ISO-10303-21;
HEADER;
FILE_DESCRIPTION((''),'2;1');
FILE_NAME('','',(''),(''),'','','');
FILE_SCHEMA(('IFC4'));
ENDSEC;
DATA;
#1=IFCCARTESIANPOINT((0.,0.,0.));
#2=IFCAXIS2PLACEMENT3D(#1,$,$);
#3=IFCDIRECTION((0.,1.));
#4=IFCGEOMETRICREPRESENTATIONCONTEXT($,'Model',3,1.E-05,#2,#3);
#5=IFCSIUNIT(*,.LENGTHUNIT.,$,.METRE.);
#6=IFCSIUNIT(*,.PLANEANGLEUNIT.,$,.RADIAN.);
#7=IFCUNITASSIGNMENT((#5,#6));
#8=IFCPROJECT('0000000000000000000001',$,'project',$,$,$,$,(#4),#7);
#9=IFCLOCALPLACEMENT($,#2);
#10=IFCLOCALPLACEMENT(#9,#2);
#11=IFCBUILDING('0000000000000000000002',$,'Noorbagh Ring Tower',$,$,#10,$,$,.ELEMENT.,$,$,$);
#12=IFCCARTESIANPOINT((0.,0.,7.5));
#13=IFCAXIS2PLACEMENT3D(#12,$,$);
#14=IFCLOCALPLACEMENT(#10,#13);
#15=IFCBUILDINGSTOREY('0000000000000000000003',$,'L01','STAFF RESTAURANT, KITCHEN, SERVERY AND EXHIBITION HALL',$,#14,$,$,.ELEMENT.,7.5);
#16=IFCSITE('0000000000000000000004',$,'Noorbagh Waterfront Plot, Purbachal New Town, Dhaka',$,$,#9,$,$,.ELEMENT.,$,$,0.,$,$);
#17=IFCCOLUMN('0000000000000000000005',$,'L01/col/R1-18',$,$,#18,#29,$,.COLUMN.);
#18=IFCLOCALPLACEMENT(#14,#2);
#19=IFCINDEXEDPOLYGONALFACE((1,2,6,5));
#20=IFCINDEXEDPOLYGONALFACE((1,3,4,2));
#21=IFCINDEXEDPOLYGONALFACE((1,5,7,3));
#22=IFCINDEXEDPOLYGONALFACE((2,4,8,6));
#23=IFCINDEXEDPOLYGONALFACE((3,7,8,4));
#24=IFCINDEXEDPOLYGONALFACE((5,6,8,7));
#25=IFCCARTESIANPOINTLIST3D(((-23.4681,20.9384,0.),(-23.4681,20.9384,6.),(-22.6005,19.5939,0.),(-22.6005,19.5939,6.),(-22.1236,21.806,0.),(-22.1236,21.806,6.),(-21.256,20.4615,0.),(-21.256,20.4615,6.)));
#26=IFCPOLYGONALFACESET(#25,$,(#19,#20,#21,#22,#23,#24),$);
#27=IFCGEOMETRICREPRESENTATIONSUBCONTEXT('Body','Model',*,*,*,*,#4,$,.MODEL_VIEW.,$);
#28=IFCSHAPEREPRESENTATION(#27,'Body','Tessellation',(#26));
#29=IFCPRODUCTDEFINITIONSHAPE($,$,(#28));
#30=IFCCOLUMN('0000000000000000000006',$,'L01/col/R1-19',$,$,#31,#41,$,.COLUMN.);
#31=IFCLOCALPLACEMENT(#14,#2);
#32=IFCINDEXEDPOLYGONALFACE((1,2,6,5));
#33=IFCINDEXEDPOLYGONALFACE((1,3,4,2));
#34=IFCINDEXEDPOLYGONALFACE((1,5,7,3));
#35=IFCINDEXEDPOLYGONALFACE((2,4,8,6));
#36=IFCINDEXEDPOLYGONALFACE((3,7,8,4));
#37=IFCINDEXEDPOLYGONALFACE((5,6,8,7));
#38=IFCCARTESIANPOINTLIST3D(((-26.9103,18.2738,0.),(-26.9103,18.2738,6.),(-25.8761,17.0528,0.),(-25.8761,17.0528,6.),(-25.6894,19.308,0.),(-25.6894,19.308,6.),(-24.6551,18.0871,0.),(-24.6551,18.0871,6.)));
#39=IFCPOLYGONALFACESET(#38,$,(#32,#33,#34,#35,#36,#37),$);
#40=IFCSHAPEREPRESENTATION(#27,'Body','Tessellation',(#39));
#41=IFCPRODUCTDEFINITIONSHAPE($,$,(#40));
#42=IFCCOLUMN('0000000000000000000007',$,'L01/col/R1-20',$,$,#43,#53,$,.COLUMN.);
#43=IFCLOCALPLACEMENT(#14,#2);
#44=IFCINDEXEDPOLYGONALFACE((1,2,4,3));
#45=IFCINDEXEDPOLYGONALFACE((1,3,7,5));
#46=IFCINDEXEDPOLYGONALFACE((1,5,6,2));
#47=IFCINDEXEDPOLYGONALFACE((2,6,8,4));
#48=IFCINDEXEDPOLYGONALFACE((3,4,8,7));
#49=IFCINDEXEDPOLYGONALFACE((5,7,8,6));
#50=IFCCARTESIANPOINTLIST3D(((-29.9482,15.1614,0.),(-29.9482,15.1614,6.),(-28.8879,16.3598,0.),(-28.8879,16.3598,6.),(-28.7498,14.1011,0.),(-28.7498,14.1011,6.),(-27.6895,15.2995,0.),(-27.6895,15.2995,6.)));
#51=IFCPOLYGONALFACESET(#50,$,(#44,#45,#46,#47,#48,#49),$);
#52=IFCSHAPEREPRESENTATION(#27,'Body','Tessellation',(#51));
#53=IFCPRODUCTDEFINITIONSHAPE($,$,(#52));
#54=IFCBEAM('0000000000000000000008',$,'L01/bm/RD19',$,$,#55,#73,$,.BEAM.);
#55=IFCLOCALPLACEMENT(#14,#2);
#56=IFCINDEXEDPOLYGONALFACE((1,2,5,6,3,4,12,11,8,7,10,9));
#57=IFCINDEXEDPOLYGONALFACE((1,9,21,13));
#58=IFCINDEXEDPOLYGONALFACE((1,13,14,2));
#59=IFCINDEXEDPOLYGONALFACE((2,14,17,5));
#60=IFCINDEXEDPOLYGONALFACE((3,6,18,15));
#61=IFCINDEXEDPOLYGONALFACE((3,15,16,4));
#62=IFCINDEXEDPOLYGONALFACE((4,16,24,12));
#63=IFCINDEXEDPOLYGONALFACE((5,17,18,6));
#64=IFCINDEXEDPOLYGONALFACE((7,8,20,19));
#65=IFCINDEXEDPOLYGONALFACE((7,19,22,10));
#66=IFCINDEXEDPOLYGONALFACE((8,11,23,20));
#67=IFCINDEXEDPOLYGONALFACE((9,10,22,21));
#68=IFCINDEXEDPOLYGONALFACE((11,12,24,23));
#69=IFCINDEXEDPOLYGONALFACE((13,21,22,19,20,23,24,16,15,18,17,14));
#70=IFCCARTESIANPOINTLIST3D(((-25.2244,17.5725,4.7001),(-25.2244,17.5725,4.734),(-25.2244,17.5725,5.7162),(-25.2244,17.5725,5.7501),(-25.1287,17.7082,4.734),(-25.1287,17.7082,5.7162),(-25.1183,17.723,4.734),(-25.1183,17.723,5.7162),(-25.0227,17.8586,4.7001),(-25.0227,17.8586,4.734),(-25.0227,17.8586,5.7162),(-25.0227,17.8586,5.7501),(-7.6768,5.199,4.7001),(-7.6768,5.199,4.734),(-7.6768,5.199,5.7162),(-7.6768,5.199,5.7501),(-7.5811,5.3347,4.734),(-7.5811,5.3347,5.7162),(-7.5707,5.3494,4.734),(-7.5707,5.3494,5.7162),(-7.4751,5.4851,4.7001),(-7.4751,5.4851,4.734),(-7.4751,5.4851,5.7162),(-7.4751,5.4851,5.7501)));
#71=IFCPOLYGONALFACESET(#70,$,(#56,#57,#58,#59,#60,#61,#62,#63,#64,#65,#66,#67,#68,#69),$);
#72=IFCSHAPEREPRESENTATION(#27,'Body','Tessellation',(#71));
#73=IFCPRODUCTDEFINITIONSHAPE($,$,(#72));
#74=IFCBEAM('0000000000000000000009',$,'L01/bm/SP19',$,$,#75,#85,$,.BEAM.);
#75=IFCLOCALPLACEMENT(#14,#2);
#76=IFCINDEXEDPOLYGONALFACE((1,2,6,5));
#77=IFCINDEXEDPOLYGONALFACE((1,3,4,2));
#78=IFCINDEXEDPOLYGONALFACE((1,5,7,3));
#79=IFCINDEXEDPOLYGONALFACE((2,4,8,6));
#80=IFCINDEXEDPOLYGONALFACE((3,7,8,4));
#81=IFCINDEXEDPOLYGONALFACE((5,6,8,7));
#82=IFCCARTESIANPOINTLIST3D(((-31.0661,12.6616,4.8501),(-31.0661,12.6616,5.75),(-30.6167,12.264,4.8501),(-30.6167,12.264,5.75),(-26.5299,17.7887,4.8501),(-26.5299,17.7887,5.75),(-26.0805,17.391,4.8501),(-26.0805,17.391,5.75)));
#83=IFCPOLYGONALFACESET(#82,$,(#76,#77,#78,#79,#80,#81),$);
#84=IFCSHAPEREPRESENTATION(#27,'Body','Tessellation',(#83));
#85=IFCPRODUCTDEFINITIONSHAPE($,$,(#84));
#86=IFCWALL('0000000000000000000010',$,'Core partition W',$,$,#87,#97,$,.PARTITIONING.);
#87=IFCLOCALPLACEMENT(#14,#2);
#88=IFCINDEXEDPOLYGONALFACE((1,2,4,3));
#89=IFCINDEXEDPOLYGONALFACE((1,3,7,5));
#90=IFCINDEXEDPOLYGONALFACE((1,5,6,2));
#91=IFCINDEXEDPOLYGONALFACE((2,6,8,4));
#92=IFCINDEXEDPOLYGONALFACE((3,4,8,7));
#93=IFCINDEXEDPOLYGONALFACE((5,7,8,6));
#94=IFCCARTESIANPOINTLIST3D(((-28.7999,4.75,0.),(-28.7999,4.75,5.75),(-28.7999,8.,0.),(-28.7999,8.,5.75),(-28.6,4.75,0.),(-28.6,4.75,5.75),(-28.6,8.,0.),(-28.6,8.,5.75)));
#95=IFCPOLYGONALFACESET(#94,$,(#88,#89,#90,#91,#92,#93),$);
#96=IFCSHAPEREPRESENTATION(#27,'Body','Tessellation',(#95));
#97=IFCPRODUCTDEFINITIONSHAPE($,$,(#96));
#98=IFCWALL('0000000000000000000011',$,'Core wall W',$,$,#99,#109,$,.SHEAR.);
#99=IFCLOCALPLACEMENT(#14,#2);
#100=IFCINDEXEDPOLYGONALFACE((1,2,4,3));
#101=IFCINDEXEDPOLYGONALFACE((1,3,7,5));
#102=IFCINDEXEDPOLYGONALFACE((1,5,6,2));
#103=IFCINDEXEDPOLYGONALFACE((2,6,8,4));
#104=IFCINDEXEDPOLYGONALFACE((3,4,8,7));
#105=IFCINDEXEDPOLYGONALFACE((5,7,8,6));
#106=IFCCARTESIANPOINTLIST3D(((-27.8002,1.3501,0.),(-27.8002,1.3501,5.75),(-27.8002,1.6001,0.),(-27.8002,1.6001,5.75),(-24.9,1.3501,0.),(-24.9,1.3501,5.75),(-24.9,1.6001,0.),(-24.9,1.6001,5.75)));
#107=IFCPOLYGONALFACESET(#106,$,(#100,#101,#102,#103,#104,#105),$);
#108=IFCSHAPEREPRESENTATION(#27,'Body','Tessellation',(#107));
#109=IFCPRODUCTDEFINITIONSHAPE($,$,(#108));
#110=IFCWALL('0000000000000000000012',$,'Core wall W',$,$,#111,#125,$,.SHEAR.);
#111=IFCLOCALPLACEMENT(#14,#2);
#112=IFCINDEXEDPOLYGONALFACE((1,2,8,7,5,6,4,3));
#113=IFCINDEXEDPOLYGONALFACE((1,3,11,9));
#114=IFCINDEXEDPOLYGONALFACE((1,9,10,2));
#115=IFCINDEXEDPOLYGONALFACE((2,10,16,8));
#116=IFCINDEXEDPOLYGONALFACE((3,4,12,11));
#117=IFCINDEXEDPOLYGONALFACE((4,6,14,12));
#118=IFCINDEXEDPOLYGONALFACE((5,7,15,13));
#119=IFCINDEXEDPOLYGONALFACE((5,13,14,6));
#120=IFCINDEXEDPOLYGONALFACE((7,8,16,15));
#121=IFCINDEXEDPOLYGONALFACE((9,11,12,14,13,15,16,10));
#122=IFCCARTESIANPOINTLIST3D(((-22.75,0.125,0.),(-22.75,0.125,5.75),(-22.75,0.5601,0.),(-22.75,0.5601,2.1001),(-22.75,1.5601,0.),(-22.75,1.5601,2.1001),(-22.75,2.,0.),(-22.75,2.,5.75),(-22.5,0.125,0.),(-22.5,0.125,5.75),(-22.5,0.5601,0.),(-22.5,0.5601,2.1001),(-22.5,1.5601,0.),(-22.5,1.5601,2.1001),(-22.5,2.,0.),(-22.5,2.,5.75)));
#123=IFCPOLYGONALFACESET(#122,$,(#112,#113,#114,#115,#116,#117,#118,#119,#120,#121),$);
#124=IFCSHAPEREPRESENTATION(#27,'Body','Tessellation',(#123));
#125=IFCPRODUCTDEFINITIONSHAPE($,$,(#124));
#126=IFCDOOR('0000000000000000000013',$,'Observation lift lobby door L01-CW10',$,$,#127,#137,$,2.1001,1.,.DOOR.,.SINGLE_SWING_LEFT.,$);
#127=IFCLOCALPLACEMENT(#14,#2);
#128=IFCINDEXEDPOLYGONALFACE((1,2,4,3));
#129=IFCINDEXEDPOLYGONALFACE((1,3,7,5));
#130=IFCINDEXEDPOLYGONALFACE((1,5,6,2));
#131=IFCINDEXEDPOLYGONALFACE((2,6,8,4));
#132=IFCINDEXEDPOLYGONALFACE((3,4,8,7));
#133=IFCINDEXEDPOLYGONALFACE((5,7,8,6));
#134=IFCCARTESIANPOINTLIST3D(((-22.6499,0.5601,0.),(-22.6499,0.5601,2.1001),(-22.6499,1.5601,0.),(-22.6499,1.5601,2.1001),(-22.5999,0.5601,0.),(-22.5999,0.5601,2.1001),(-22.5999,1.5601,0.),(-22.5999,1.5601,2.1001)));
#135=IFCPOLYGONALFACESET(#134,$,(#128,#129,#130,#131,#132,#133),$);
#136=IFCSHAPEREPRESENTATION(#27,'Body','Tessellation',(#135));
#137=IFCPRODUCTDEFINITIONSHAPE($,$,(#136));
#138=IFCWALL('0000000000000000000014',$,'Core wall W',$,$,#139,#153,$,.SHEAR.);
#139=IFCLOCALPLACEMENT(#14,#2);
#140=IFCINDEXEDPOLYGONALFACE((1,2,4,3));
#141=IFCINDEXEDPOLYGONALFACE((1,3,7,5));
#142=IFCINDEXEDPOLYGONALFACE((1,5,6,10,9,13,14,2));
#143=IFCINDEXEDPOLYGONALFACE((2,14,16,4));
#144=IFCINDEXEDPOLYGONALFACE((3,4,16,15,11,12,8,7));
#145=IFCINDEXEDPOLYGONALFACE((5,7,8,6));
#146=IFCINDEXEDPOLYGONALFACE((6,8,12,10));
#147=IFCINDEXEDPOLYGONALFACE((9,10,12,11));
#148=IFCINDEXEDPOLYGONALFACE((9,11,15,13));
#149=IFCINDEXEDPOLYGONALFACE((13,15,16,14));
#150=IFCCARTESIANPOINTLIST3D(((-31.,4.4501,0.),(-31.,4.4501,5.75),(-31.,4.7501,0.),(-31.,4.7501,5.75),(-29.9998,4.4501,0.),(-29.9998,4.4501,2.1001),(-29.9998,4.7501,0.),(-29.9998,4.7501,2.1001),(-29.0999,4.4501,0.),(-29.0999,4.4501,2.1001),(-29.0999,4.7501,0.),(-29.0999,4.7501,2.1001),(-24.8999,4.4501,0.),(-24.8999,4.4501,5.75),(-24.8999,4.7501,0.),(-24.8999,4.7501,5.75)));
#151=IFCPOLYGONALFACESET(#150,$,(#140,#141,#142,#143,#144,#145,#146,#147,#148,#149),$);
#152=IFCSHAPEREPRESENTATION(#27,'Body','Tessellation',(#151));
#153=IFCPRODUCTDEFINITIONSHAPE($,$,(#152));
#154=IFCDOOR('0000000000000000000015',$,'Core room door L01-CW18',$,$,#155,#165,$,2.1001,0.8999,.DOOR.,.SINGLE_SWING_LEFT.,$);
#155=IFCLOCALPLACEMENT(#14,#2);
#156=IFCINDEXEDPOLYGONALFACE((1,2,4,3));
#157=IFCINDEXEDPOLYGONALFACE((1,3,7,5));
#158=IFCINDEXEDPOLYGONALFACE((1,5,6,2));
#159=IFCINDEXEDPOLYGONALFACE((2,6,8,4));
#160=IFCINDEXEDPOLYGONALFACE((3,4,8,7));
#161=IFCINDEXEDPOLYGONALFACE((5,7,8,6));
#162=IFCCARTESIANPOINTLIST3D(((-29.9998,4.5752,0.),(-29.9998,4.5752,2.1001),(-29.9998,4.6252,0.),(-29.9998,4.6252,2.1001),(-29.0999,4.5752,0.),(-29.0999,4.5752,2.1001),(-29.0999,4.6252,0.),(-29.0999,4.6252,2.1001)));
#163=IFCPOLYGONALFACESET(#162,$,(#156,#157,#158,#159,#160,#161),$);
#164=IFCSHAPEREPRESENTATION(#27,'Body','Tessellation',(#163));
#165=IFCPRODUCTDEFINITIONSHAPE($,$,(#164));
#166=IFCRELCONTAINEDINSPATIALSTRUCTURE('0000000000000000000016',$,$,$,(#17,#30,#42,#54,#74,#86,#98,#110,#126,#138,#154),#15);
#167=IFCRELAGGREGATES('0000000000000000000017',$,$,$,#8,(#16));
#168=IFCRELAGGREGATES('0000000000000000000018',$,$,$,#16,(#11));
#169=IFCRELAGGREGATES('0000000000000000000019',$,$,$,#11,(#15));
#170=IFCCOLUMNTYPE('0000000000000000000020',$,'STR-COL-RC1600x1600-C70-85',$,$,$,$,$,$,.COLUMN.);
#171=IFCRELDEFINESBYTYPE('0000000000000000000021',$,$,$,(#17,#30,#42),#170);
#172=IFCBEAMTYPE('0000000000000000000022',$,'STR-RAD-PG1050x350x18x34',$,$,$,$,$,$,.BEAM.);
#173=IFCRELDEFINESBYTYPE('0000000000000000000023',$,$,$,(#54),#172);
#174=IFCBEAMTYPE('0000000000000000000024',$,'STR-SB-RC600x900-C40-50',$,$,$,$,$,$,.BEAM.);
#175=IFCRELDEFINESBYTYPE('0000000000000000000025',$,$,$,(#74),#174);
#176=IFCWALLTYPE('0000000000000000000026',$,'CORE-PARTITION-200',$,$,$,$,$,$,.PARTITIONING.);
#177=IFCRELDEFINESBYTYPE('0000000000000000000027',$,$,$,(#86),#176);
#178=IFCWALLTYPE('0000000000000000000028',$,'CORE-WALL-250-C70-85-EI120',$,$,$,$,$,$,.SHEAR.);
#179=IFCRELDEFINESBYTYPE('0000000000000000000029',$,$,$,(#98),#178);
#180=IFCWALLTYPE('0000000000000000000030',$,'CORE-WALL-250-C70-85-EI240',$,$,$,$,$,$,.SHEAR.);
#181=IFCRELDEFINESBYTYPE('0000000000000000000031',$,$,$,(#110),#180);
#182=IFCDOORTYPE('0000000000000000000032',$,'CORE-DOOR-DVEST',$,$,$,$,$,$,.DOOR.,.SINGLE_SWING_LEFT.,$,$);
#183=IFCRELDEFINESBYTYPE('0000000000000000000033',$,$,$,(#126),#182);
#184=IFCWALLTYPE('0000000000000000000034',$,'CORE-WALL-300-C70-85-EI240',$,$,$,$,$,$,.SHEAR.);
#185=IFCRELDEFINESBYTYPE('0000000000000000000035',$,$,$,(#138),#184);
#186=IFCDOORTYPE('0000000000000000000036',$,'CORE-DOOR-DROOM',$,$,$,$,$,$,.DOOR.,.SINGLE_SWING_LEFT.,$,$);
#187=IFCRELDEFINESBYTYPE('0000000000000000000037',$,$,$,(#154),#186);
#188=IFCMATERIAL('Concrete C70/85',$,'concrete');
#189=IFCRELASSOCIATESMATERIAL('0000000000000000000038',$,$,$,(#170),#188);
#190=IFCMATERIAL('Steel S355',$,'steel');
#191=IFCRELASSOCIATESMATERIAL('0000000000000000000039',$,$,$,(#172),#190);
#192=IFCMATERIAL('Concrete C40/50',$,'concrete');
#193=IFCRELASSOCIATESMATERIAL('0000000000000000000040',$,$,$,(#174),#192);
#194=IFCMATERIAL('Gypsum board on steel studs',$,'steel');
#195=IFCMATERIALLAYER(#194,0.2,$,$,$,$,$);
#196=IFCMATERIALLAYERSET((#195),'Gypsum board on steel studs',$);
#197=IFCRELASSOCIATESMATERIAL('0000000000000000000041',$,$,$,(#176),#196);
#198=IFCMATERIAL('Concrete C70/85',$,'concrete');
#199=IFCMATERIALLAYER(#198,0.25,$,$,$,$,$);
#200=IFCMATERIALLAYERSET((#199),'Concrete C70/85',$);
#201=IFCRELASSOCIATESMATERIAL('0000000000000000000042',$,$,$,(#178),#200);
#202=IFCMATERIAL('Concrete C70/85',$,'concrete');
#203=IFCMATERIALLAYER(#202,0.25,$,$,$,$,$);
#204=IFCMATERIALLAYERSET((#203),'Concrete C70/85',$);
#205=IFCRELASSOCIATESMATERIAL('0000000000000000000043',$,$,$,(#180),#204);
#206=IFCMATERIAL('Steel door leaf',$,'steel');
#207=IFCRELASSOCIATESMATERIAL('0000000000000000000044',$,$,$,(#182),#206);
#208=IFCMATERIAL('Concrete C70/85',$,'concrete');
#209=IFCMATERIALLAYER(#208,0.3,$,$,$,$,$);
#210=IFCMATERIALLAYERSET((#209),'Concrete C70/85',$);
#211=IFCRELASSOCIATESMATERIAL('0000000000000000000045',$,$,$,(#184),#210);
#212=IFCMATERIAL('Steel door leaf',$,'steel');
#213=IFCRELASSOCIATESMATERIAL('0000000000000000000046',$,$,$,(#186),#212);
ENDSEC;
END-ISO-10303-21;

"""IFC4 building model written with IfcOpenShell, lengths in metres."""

from ifc_helpers import new_model, si_unit, direction, frame, frame_2d, origin, origin_2d, place, context, subcontext, project, spatial, rectangle, i_section, extrude, material, layer, layer_set, material_profile, profile_set, type_object, element, fill, save


model = new_model("IFC4")

# Units and contexts
model_context = context("Model", 3, precision=1e-05, world=origin(), true_north=direction((0.0, 1.0)))
body_context = subcontext(model_context, "Body", "Model", "MODEL_VIEW")
ifc_project = project(units=[si_unit("LENGTHUNIT", "METRE"), si_unit("PLANEANGLEUNIT", "RADIAN")], contexts=[model_context])

# Site, building, storey
site_placement = place(None, origin())
site = spatial("IfcSite", under=ifc_project, at=site_placement, Name="Noorbagh Waterfront Plot, Purbachal New Town, Dhaka", CompositionType="ELEMENT", RefElevation=0.0)
building_placement = place(site_placement, origin())
building = spatial("IfcBuilding", under=site, at=building_placement, Name="Noorbagh Ring Tower", CompositionType="ELEMENT")
storey_placement = place(building_placement, frame((0.0, 0.0, 7.5)))
storey = spatial("IfcBuildingStorey", under=building, at=storey_placement, Name="L01", Description="STAFF RESTAURANT, KITCHEN, SERVERY AND EXHIBITION HALL", CompositionType="ELEMENT", Elevation=7.5)

# Columns
ifc_material_1 = material(Name="Concrete C70/85", Category="concrete")
ifc_material_profile_1 = material_profile(ifc_material_1, rectangle(XDim=1.6001, YDim=1.6001, at=origin_2d()), Name="RC1600x1600")
ifc_profile_set_1 = profile_set([ifc_material_profile_1], Name="Concrete C70/85")
column_type = type_object("IfcColumnType", Name="STR-COL-RC1600x1600-C70-85", PredefinedType="COLUMN", material=ifc_profile_set_1)
for number, where, z_axis, x_axis, name in (
    (1, (-22.3621, 20.7, 0.0), (0.0, 0.0, 1.0), (-0.840248, -0.542203, 0.0), "L01/col/R1-18"),
    (2, (-25.7827, 18.1804, 0.0), (0.0, 0.0, 1.0), (-0.763035, -0.646357, 0.0), "L01/col/R1-19"),
    (3, (-28.8188, 15.2305, 0.0), (0.0, 0.0, 1.0), (-0.662636, -0.748942, 0.0), "L01/col/R1-20"),
):
    element("IfcColumn", number, at=place(storey_placement, frame(where, z_axis=z_axis, x_axis=x_axis)), inside=storey, type_object=column_type, Name=name, PredefinedType="COLUMN", context=body_context, shape_type="SweptSolid", body=[
        extrude(rectangle(XDim=1.6001, YDim=1.6001, at=origin_2d()), origin(), (0.0, 0.0, 1.0), 6.0),
    ])

# Beams
ifc_material_2 = material(Name="Steel S355", Category="steel")
ifc_material_profile_2 = material_profile(ifc_material_2, i_section(OverallWidth=0.3501, OverallDepth=1.05, WebThickness=0.0181, FlangeThickness=0.0339, at=origin_2d()), Name="PG1050x350x18x34")
ifc_profile_set_2 = profile_set([ifc_material_profile_2], Name="Steel S355")
beam_type_1 = type_object("IfcBeamType", Name="STR-RAD-PG1050x350x18x34", PredefinedType="BEAM", material=ifc_profile_set_2)
beam_1_placement = place(storey_placement, frame((-25.1235, 17.7156, 5.2251), z_axis=(0.817253, -0.576279, 0.0), x_axis=(0.576279, 0.817253, 0.0)))
element("IfcBeam", 4, at=beam_1_placement, inside=storey, type_object=beam_type_1, Name="L01/bm/RD19", PredefinedType="BEAM", context=body_context, shape_type="SweptSolid", body=[
    extrude(i_section(OverallWidth=0.3501, OverallDepth=1.05, WebThickness=0.0181, FlangeThickness=0.0339, at=origin_2d()), origin(), (0.0, 0.0, 1.0), 21.4714),
])
ifc_material_3 = material(Name="Concrete C40/50", Category="concrete")
ifc_material_profile_3 = material_profile(ifc_material_3, rectangle(XDim=0.6001, YDim=0.8999, at=origin_2d()), Name="RC600x900")
ifc_profile_set_3 = profile_set([ifc_material_profile_3], Name="Concrete C40/50")
beam_type_2 = type_object("IfcBeamType", Name="STR-SB-RC600x900-C40-50", PredefinedType="BEAM", material=ifc_profile_set_3)
beam_2_placement = place(storey_placement, frame((-26.3052, 17.5898, 5.3), z_axis=(-0.662635, -0.748942, 0.0), x_axis=(0.748942, -0.662635, 0.0)))
element("IfcBeam", 5, at=beam_2_placement, inside=storey, type_object=beam_type_2, Name="L01/bm/SP19", PredefinedType="BEAM", context=body_context, shape_type="SweptSolid", body=[
    extrude(rectangle(XDim=0.6001, YDim=0.8999, at=origin_2d()), origin(), (0.0, 0.0, 1.0), 6.8457),
])

# Walls
ifc_material_4 = material(Name="Gypsum board on steel studs", Category="steel")
ifc_layer_1 = layer(ifc_material_4, 0.2)
ifc_layer_set_1 = layer_set([ifc_layer_1], Name="Gypsum board on steel studs")
wall_type_1 = type_object("IfcWallType", Name="CORE-PARTITION-200", PredefinedType="PARTITIONING", material=ifc_layer_set_1)
wall_1_placement = place(storey_placement, frame((-28.7, 4.75, 0.0), z_axis=(0.0, 0.0, 1.0), x_axis=(0.0, 1.0, 0.0)))
element("IfcWall", 6, at=wall_1_placement, inside=storey, type_object=wall_type_1, Name="Core partition W", PredefinedType="PARTITIONING", context=body_context, shape_type="SweptSolid", body=[
    extrude(rectangle(XDim=3.25, YDim=0.2, at=frame_2d((1.625, 0.0))), origin(), (0.0, 0.0, 1.0), 5.75),
])
ifc_material_5 = material(Name="Concrete C70/85", Category="concrete")
ifc_layer_2 = layer(ifc_material_5, 0.25)
ifc_layer_set_2 = layer_set([ifc_layer_2], Name="Concrete C70/85")
wall_type_2 = type_object("IfcWallType", Name="CORE-WALL-250-C70-85-EI120", PredefinedType="SHEAR", material=ifc_layer_set_2)
wall_2_placement = place(storey_placement, frame((-24.8999, 1.4751, 0.0), z_axis=(0.0, 0.0, 1.0), x_axis=(-1.0, 0.0, 0.0)))
element("IfcWall", 7, at=wall_2_placement, inside=storey, type_object=wall_type_2, Name="Core wall W", PredefinedType="SHEAR", context=body_context, shape_type="SweptSolid", body=[
    extrude(rectangle(XDim=2.9001, YDim=0.25, at=frame_2d((1.4502, 0.0))), origin(), (0.0, 0.0, 1.0), 5.75),
])

# Walls, openings, doors
ifc_material_6 = material(Name="Concrete C70/85", Category="concrete")
ifc_layer_3 = layer(ifc_material_6, 0.25)
ifc_layer_set_3 = layer_set([ifc_layer_3], Name="Concrete C70/85")
wall_type_3 = type_object("IfcWallType", Name="CORE-WALL-250-C70-85-EI240", PredefinedType="SHEAR", material=ifc_layer_set_3)
wall_3_placement = place(storey_placement, frame((-22.625, 0.125, 0.0), z_axis=(0.0, 0.0, 1.0), x_axis=(0.0, 1.0, 0.0)))
wall_3 = element("IfcWall", 8, at=wall_3_placement, inside=storey, type_object=wall_type_3, Name="Core wall W", PredefinedType="SHEAR", context=body_context, shape_type="SweptSolid", body=[
    extrude(rectangle(XDim=1.875, YDim=0.25, at=frame_2d((0.9375, 0.0))), origin(), (0.0, 0.0, 1.0), 5.75),
])
opening_1_placement = place(wall_3_placement, frame((0.4351, 0.0, 0.0)))
opening_1 = element("IfcOpeningElement", 9, at=opening_1_placement, cuts=wall_3, PredefinedType="OPENING", context=body_context, shape_type="SweptSolid", body=[
    extrude(rectangle(XDim=1.0, YDim=2.1001, at=frame_2d((0.5, 1.05))), frame((0.0, 0.135, 0.0), z_axis=(0.0, -1.0, 0.0), x_axis=(1.0, 0.0, 0.0)), (0.0, 0.0, 1.0), 0.27),
])
ifc_material_7 = material(Name="Steel door leaf", Category="steel")
door_type_1 = type_object("IfcDoorType", Name="CORE-DOOR-DVEST", OperationType="SINGLE_SWING_LEFT", PredefinedType="DOOR", material=ifc_material_7)
door_1_placement = place(opening_1_placement, origin())
door_1 = element("IfcDoor", 10, at=door_1_placement, inside=storey, type_object=door_type_1, Name="Observation lift lobby door L01-CW10", OperationType="SINGLE_SWING_LEFT", OverallHeight=2.1001, OverallWidth=1.0, PredefinedType="DOOR", context=body_context, shape_type="SweptSolid", body=[
    extrude(rectangle(XDim=1.0, YDim=2.1001, at=frame_2d((0.5, 1.05))), frame((0.0, 0.0249, 0.0), z_axis=(0.0, -1.0, 0.0), x_axis=(1.0, 0.0, 0.0)), (0.0, 0.0, 1.0), 0.05),
])
fill(opening_1, door_1)
ifc_material_8 = material(Name="Concrete C70/85", Category="concrete")
ifc_layer_4 = layer(ifc_material_8, 0.3)
ifc_layer_set_4 = layer_set([ifc_layer_4], Name="Concrete C70/85")
wall_type_4 = type_object("IfcWallType", Name="CORE-WALL-300-C70-85-EI240", PredefinedType="SHEAR", material=ifc_layer_set_4)
wall_4_placement = place(storey_placement, frame((-24.8999, 4.6001, 0.0), z_axis=(0.0, 0.0, 1.0), x_axis=(-1.0, 0.0, 0.0)))
wall_4 = element("IfcWall", 11, at=wall_4_placement, inside=storey, type_object=wall_type_4, Name="Core wall W", PredefinedType="SHEAR", context=body_context, shape_type="SweptSolid", body=[
    extrude(rectangle(XDim=6.1001, YDim=0.3, at=frame_2d((3.05, 0.0))), origin(), (0.0, 0.0, 1.0), 5.75),
])
opening_2_placement = place(wall_4_placement, frame((4.2, 0.0, 0.0)))
opening_2 = element("IfcOpeningElement", 12, at=opening_2_placement, cuts=wall_4, PredefinedType="OPENING", context=body_context, shape_type="SweptSolid", body=[
    extrude(rectangle(XDim=0.8999, YDim=2.1001, at=frame_2d((0.45, 1.05))), frame((0.0, 0.1602, 0.0), z_axis=(0.0, -1.0, 0.0), x_axis=(1.0, 0.0, 0.0)), (0.0, 0.0, 1.0), 0.3201),
])
ifc_material_9 = material(Name="Steel door leaf", Category="steel")
door_type_2 = type_object("IfcDoorType", Name="CORE-DOOR-DROOM", OperationType="SINGLE_SWING_LEFT", PredefinedType="DOOR", material=ifc_material_9)
door_2_placement = place(opening_2_placement, origin())
door_2 = element("IfcDoor", 13, at=door_2_placement, inside=storey, type_object=door_type_2, Name="Core room door L01-CW18", OperationType="SINGLE_SWING_LEFT", OverallHeight=2.1001, OverallWidth=0.8999, PredefinedType="DOOR", context=body_context, shape_type="SweptSolid", body=[
    extrude(rectangle(XDim=0.8999, YDim=2.1001, at=frame_2d((0.45, 1.05))), frame((0.0, 0.0249, 0.0), z_axis=(0.0, -1.0, 0.0), x_axis=(1.0, 0.0, 0.0)), (0.0, 0.0, 1.0), 0.05),
])
fill(opening_2, door_2)

save(model, "model.ifc")
